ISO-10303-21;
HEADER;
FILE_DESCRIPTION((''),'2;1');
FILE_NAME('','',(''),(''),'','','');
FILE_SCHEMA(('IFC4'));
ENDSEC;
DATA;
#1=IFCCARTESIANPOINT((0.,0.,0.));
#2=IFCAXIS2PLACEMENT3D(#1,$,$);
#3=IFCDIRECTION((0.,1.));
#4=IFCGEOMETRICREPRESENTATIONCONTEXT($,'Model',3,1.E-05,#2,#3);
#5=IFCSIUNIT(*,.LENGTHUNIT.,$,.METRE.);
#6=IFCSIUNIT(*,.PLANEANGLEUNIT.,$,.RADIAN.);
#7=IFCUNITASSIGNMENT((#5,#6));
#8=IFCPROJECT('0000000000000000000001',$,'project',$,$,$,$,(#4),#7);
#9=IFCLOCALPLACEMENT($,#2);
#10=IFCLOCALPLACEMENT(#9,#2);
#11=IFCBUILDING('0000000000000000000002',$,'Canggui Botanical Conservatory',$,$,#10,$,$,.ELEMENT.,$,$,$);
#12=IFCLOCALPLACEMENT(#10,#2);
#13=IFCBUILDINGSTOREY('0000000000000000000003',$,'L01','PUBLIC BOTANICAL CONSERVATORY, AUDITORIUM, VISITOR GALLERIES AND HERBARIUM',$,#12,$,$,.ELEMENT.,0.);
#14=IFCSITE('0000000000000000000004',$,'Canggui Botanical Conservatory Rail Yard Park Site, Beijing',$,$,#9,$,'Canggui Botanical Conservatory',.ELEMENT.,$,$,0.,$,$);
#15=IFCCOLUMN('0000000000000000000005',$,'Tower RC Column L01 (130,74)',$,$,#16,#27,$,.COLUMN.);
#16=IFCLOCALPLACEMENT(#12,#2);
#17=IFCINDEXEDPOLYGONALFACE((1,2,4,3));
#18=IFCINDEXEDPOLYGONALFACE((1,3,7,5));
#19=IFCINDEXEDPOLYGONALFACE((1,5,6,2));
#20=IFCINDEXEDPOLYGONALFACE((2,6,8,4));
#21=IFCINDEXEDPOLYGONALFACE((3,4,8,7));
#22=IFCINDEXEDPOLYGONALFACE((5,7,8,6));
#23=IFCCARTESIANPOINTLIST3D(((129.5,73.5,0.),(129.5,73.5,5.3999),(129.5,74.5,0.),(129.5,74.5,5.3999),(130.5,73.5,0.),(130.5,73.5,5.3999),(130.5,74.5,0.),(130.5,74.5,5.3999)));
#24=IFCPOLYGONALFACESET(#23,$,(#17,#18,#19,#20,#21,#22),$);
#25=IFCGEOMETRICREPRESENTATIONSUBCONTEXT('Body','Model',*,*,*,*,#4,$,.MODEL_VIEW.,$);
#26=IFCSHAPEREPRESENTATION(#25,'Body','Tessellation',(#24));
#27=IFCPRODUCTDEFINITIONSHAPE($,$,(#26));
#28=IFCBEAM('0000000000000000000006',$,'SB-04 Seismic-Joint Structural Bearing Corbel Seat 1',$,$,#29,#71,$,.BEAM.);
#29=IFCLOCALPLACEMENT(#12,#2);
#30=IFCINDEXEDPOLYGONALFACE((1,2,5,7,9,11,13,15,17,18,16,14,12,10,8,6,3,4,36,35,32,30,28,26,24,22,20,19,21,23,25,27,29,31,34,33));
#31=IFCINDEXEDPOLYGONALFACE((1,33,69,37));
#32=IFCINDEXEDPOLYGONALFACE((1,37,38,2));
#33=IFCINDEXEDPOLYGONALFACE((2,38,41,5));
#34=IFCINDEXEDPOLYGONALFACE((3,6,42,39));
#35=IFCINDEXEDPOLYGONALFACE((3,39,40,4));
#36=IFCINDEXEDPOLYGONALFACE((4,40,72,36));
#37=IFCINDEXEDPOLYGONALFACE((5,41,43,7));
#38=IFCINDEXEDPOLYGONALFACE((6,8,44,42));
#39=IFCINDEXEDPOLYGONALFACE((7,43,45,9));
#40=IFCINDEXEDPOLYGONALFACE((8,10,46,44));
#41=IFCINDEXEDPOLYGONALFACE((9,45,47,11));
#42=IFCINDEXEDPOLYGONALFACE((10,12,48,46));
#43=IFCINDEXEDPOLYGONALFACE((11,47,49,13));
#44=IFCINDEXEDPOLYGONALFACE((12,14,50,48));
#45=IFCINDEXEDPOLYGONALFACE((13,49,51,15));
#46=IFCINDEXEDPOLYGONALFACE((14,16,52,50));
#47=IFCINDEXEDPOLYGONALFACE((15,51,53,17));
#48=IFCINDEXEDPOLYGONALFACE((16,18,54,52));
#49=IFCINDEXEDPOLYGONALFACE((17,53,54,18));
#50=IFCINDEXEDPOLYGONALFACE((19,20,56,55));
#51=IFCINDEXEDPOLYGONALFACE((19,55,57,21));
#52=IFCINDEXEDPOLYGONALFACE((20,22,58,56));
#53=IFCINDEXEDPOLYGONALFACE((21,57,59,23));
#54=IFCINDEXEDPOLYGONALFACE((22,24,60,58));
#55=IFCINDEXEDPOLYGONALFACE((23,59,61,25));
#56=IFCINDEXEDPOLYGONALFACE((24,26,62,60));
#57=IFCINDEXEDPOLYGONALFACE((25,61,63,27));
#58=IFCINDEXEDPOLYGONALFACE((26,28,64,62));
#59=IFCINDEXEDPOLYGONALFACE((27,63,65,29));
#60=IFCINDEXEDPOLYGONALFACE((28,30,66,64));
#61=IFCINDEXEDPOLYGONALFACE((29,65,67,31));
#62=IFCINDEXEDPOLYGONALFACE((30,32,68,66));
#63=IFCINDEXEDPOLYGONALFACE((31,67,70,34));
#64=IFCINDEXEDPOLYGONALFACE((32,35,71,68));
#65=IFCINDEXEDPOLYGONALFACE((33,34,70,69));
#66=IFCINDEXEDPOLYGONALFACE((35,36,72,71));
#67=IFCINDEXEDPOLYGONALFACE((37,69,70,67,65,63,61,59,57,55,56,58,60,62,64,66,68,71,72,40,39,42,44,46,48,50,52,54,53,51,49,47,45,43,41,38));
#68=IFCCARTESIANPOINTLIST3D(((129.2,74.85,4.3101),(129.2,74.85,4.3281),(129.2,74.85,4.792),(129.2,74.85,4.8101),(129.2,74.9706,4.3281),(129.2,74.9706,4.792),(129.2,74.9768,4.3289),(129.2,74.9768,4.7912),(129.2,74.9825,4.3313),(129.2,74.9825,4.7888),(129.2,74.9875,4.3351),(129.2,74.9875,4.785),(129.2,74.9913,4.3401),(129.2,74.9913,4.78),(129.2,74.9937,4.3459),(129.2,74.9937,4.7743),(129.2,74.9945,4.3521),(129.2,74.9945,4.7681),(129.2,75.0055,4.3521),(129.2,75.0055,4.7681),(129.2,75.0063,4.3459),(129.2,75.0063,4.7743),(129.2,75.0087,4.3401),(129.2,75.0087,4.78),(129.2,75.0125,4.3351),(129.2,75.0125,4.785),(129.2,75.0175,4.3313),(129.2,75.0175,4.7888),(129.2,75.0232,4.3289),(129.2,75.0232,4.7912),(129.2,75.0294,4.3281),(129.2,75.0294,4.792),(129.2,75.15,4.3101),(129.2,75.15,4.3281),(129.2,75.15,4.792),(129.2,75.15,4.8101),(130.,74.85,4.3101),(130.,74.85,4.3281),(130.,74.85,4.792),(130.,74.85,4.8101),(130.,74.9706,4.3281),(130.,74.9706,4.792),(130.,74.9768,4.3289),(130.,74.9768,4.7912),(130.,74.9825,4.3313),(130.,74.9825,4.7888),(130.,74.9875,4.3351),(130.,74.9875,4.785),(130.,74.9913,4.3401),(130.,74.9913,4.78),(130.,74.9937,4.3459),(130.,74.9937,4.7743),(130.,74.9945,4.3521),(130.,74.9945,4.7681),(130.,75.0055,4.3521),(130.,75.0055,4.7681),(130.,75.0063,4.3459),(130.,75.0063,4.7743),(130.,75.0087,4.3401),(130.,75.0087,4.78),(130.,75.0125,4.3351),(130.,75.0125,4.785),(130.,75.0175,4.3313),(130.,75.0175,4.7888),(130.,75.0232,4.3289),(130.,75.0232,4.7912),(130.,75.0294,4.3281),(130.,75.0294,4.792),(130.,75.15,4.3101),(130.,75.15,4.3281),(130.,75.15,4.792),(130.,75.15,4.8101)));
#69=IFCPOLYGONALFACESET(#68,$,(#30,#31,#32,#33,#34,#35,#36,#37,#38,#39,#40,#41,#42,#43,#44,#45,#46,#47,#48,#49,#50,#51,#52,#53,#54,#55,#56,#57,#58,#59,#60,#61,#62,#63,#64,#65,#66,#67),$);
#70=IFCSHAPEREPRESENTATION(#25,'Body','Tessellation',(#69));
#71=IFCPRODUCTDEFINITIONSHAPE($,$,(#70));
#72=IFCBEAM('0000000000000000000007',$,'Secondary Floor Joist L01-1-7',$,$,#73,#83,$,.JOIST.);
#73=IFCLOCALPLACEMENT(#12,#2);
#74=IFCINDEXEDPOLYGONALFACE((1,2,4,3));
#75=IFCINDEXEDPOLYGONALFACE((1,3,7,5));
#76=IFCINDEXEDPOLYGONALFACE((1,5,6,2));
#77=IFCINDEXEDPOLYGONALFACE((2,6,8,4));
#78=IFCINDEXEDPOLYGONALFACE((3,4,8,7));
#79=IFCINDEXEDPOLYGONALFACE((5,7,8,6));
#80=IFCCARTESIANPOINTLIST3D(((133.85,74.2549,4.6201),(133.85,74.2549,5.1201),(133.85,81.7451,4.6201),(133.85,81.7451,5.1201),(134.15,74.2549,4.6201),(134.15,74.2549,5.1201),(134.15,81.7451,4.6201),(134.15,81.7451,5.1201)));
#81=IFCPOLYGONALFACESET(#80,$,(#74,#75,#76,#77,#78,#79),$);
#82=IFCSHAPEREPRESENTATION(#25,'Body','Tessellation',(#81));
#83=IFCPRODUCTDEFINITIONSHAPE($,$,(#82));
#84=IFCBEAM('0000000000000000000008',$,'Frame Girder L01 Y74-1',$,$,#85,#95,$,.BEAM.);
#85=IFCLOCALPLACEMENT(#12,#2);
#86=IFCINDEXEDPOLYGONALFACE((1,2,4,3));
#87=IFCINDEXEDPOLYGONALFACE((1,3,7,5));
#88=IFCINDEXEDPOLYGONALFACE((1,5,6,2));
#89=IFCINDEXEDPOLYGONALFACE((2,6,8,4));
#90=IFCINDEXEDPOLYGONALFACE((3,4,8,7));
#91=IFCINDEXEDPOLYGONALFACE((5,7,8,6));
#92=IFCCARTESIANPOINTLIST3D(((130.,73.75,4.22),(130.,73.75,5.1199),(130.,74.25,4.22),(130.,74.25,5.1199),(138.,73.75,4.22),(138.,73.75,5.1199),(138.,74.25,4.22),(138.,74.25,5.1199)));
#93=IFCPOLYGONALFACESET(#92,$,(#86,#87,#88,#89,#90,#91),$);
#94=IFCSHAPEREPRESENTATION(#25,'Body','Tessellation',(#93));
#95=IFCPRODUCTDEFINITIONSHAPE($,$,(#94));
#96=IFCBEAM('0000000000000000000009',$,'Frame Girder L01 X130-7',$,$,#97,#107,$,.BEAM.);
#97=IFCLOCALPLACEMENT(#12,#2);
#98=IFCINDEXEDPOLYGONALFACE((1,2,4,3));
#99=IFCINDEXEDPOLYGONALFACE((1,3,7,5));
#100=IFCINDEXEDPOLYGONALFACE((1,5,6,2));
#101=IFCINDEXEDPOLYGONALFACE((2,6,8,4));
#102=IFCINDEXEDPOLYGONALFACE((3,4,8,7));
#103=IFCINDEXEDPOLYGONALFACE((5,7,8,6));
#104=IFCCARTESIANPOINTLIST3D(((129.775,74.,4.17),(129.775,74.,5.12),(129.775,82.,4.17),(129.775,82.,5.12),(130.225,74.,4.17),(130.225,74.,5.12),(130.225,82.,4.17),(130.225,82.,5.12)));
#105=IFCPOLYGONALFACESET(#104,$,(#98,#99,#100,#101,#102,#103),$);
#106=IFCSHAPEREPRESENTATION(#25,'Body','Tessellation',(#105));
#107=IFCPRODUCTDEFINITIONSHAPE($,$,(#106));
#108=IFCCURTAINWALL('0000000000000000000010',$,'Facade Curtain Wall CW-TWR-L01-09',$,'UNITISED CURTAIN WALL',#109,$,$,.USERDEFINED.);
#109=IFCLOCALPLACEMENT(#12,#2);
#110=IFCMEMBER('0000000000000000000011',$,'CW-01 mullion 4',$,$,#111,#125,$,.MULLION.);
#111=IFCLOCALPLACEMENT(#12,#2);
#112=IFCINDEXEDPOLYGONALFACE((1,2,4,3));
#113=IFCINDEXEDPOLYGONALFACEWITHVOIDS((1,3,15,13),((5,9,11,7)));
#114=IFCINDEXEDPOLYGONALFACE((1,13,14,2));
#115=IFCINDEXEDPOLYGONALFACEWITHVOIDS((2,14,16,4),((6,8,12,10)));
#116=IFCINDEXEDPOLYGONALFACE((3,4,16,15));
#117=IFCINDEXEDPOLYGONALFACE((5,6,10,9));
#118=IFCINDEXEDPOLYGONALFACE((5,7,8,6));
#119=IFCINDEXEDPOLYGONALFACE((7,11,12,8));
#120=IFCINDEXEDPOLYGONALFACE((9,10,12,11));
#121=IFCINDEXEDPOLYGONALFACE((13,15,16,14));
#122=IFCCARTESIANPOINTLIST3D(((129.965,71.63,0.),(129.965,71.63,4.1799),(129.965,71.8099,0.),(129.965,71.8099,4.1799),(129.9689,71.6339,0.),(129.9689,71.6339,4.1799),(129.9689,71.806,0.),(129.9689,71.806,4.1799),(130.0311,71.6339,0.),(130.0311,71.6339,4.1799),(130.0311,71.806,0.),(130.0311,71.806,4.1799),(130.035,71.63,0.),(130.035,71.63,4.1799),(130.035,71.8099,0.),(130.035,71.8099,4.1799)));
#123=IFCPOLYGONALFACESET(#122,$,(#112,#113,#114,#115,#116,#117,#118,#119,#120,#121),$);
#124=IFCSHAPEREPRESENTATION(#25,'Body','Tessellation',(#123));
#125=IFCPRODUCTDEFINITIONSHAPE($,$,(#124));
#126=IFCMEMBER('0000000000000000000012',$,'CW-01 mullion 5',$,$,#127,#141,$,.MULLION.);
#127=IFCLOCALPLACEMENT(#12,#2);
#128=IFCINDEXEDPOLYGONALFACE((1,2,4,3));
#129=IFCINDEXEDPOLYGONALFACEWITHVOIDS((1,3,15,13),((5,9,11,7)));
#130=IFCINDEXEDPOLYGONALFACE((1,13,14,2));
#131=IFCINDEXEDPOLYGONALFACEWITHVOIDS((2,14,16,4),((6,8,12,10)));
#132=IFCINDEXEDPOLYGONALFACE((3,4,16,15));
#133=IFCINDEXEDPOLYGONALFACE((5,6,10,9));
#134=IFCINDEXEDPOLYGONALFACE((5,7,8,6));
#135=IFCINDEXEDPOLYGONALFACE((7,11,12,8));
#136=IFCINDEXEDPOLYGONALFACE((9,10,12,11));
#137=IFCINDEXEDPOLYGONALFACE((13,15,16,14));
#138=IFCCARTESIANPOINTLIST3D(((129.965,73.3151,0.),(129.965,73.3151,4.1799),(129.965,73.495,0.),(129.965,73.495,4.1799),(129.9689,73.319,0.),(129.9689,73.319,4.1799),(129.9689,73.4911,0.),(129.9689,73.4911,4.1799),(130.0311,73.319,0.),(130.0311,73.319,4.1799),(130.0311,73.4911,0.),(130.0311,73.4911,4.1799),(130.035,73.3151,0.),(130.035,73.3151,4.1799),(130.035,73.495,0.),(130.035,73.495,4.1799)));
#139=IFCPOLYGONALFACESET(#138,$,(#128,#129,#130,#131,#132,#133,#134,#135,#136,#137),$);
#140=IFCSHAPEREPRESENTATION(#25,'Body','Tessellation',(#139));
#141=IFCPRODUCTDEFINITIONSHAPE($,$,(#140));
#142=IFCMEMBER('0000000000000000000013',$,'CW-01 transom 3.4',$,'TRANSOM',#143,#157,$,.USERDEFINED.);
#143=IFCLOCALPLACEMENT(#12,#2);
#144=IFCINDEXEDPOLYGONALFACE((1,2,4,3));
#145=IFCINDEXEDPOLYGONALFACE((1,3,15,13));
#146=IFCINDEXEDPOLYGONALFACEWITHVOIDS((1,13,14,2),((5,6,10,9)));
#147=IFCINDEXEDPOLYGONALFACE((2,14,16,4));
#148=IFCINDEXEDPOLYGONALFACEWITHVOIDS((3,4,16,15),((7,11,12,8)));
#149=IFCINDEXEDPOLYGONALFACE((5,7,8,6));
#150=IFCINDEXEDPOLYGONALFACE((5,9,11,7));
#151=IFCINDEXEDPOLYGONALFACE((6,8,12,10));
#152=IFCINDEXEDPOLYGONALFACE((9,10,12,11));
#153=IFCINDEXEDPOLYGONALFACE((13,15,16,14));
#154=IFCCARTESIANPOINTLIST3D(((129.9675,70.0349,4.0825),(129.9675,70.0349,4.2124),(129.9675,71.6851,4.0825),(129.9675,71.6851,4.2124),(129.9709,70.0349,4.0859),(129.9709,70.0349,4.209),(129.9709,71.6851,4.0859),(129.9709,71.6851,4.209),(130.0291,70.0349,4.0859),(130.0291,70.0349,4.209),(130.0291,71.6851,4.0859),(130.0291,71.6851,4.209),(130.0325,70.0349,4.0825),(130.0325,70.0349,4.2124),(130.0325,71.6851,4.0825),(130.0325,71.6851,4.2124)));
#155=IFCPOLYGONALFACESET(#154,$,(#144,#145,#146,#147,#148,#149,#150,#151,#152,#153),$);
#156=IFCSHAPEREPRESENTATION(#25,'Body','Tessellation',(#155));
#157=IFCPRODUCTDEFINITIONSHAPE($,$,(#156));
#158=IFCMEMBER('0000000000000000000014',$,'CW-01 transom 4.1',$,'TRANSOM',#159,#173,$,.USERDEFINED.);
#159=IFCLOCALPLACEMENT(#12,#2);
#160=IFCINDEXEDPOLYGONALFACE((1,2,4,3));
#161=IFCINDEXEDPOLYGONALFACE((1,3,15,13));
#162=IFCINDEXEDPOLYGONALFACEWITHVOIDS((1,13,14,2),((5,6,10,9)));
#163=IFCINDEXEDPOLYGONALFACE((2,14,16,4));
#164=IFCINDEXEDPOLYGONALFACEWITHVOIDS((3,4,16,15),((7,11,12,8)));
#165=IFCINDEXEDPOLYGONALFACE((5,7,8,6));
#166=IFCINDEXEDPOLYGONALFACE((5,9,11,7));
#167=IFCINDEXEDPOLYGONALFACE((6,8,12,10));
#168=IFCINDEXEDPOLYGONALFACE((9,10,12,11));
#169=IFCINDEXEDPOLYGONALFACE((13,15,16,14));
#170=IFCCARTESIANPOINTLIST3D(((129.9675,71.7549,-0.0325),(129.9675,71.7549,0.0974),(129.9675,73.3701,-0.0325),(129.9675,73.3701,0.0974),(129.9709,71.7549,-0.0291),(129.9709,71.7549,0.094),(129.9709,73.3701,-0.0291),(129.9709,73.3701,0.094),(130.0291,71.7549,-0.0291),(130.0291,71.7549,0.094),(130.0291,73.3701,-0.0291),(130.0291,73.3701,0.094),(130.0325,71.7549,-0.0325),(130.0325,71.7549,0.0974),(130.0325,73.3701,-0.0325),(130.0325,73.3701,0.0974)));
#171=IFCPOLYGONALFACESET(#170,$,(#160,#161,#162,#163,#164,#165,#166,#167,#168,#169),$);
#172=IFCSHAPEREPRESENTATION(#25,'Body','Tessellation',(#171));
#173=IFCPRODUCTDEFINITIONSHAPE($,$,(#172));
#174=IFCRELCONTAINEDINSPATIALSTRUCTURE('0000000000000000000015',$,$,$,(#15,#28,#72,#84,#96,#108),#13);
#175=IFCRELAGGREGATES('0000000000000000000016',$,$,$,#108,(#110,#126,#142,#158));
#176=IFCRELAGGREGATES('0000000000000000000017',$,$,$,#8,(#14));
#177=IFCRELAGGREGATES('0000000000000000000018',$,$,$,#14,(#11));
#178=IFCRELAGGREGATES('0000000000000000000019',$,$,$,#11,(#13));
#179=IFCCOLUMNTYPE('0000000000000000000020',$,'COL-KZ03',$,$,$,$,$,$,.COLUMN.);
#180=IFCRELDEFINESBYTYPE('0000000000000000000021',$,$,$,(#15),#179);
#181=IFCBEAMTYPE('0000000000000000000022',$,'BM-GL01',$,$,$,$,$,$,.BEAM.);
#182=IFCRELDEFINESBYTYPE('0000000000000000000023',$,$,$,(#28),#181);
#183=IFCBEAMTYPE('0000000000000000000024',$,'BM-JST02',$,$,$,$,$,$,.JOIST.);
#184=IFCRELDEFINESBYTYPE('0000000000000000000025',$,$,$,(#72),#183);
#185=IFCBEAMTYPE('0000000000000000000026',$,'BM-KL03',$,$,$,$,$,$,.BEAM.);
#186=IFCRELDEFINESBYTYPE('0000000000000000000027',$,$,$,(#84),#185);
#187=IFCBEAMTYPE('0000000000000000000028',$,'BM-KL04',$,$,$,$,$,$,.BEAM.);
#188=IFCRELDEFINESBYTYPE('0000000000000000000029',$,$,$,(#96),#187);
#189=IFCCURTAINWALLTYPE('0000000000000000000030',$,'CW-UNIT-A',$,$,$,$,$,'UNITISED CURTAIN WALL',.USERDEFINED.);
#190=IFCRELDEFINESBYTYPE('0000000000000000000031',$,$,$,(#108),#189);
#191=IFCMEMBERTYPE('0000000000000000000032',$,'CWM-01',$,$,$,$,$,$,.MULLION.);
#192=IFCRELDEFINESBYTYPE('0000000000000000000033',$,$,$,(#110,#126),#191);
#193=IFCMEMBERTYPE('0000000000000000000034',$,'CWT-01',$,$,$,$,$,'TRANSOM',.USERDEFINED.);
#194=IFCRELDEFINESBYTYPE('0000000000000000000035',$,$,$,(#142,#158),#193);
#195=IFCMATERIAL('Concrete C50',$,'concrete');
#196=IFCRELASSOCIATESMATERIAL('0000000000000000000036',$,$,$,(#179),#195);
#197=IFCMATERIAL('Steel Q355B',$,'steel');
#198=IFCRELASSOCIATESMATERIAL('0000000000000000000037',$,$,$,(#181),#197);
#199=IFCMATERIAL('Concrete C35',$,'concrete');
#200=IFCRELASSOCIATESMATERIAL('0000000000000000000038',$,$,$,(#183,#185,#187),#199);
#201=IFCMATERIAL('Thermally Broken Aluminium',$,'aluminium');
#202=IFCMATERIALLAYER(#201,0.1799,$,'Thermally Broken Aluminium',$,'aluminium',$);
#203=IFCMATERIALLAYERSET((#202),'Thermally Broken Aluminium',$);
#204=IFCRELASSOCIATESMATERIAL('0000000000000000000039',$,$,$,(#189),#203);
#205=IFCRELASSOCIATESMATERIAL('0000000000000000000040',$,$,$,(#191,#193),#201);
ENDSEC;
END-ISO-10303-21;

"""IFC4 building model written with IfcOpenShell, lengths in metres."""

from ifc_helpers import new_model, si_unit, direction, frame, origin, origin_2d, place, context, subcontext, project, spatial, rectangle, hollow_rectangle, i_section, extrude, material, layer, layer_set, material_profile, profile_set, type_object, element, aggregate, save


model = new_model("IFC4")

# Units and contexts
model_context = context("Model", 3, precision=1e-05, world=origin(), true_north=direction((0.0, 1.0)))
body_context = subcontext(model_context, "Body", "Model", "MODEL_VIEW")
ifc_project = project(units=[si_unit("LENGTHUNIT", "METRE"), si_unit("PLANEANGLEUNIT", "RADIAN")], contexts=[model_context])

# Site, building, storey
site_placement = place(None, origin())
site = spatial("IfcSite", under=ifc_project, at=site_placement, Name="Canggui Botanical Conservatory Rail Yard Park Site, Beijing", LongName="Canggui Botanical Conservatory", CompositionType="ELEMENT", RefElevation=0.0)
building_placement = place(site_placement, origin())
building = spatial("IfcBuilding", under=site, at=building_placement, Name="Canggui Botanical Conservatory", CompositionType="ELEMENT")
storey_placement = place(building_placement, origin())
storey = spatial("IfcBuildingStorey", under=building, at=storey_placement, Name="L01", Description="PUBLIC BOTANICAL CONSERVATORY, AUDITORIUM, VISITOR GALLERIES AND HERBARIUM", CompositionType="ELEMENT", Elevation=0.0)

# Column
ifc_material_1 = material(Name="Concrete C50", Category="concrete")
ifc_material_profile_1 = material_profile(ifc_material_1, rectangle(XDim=1.0, YDim=1.0, at=origin_2d()), Name="RC 1000x1000")
ifc_profile_set_1 = profile_set([ifc_material_profile_1], Name="Concrete C50")
column_type = type_object("IfcColumnType", Name="COL-KZ03", PredefinedType="COLUMN", material=ifc_profile_set_1)
column_placement = place(storey_placement, frame((130.0, 74.0, 0.0), z_axis=(0.0, 0.0, 1.0), x_axis=(1.0, 0.0, 0.0)))
element("IfcColumn", 1, at=column_placement, inside=storey, type_object=column_type, Name="Tower RC Column L01 (130,74)", PredefinedType="COLUMN", context=body_context, shape_type="SweptSolid", body=[
    extrude(rectangle(XDim=1.0, YDim=1.0, at=origin_2d()), origin(), (0.0, 0.0, 1.0), 5.3999),
])

# Beams
ifc_material_2 = material(Name="Steel Q355B", Category="steel")
ifc_material_profile_2 = material_profile(ifc_material_2, i_section(OverallWidth=0.3, OverallDepth=0.5, WebThickness=0.011, FlangeThickness=0.0181, FilletRadius=0.0239, at=origin_2d()), Name="HM 500x300x11x18")
ifc_profile_set_2 = profile_set([ifc_material_profile_2], Name="Steel Q355B")
beam_type_1 = type_object("IfcBeamType", Name="BM-GL01", PredefinedType="BEAM", material=ifc_profile_set_2)
beam_1_placement = place(storey_placement, frame((130.0, 75.0, 4.5601), z_axis=(-1.0, 0.0, 0.0), x_axis=(0.0, -1.0, 0.0)))
element("IfcBeam", 2, at=beam_1_placement, inside=storey, type_object=beam_type_1, Name="SB-04 Seismic-Joint Structural Bearing Corbel Seat 1", PredefinedType="BEAM", context=body_context, shape_type="SweptSolid", body=[
    extrude(i_section(OverallWidth=0.3, OverallDepth=0.5, WebThickness=0.011, FlangeThickness=0.0181, FilletRadius=0.0239, at=origin_2d()), origin(), (0.0, 0.0, 1.0), 0.8),
])
ifc_material_3 = material(Name="Concrete C35", Category="concrete")
ifc_material_profile_3 = material_profile(ifc_material_3, rectangle(XDim=0.3, YDim=0.5, at=origin_2d()), Name="RB 300x500")
ifc_profile_set_3 = profile_set([ifc_material_profile_3], Name="Concrete C35")
beam_type_2 = type_object("IfcBeamType", Name="BM-JST02", PredefinedType="JOIST", material=ifc_profile_set_3)
beam_2_placement = place(storey_placement, frame((134.0, 74.2549, 4.8701), z_axis=(0.0, 1.0, 0.0), x_axis=(-1.0, 0.0, 0.0)))
element("IfcBeam", 3, at=beam_2_placement, inside=storey, type_object=beam_type_2, Name="Secondary Floor Joist L01-1-7", PredefinedType="JOIST", context=body_context, shape_type="SweptSolid", body=[
    extrude(rectangle(XDim=0.3, YDim=0.5, at=origin_2d()), origin(), (0.0, 0.0, 1.0), 7.4902),
])
ifc_material_profile_4 = material_profile(ifc_material_3, rectangle(XDim=0.5, YDim=0.8999, at=origin_2d()), Name="RB 500x900")
ifc_profile_set_4 = profile_set([ifc_material_profile_4], Name="Concrete C35")
beam_type_3 = type_object("IfcBeamType", Name="BM-KL03", PredefinedType="BEAM", material=ifc_profile_set_4)
beam_3_placement = place(storey_placement, frame((130.0, 74.0, 4.6699), z_axis=(1.0, 0.0, 0.0), x_axis=(0.0, 1.0, 0.0)))
element("IfcBeam", 4, at=beam_3_placement, inside=storey, type_object=beam_type_3, Name="Frame Girder L01 Y74-1", PredefinedType="BEAM", context=body_context, shape_type="SweptSolid", body=[
    extrude(rectangle(XDim=0.5, YDim=0.8999, at=origin_2d()), origin(), (0.0, 0.0, 1.0), 8.0),
])
ifc_material_profile_5 = material_profile(ifc_material_3, rectangle(XDim=0.45, YDim=0.95, at=origin_2d()), Name="RB 450x950")
ifc_profile_set_5 = profile_set([ifc_material_profile_5], Name="Concrete C35")
beam_type_4 = type_object("IfcBeamType", Name="BM-KL04", PredefinedType="BEAM", material=ifc_profile_set_5)
beam_4_placement = place(storey_placement, frame((130.0, 74.0, 4.645), z_axis=(0.0, 1.0, 0.0), x_axis=(-1.0, 0.0, 0.0)))
element("IfcBeam", 5, at=beam_4_placement, inside=storey, type_object=beam_type_4, Name="Frame Girder L01 X130-7", PredefinedType="BEAM", context=body_context, shape_type="SweptSolid", body=[
    extrude(rectangle(XDim=0.45, YDim=0.95, at=origin_2d()), origin(), (0.0, 0.0, 1.0), 8.0),
])

# Curtain wall, members
ifc_material_4 = material(Name="Thermally Broken Aluminium", Category="aluminium")
ifc_layer_1 = layer(ifc_material_4, 0.1799, Name="Thermally Broken Aluminium", Category="aluminium")
ifc_layer_set_1 = layer_set([ifc_layer_1], Name="Thermally Broken Aluminium")
curtain_wall_type = type_object("IfcCurtainWallType", Name="CW-UNIT-A", ElementType="UNITISED CURTAIN WALL", PredefinedType="USERDEFINED", material=ifc_layer_set_1)
curtain_wall_placement = place(storey_placement, origin())
curtain_wall = element("IfcCurtainWall", 6, at=curtain_wall_placement, inside=storey, type_object=curtain_wall_type, Name="Facade Curtain Wall CW-TWR-L01-09", ObjectType="UNITISED CURTAIN WALL", PredefinedType="USERDEFINED")
ifc_material_profile_6 = material_profile(ifc_material_4, hollow_rectangle(XDim=0.0701, YDim=0.1799, WallThickness=0.0039, at=origin_2d()), Name="CWM 70x180x4")
ifc_profile_set_6 = profile_set([ifc_material_profile_6], Name="Thermally Broken Aluminium")
member_type_1 = type_object("IfcMemberType", Name="CWM-01", PredefinedType="MULLION", material=ifc_profile_set_6)
member_1_placement = place(storey_placement, frame((130.0, 71.72, 0.0), z_axis=(0.0, 0.0, 1.0), x_axis=(-1.0, 0.0, 0.0)))
member_1 = element("IfcMember", 7, at=member_1_placement, type_object=member_type_1, Name="CW-01 mullion 4", PredefinedType="MULLION", context=body_context, shape_type="SweptSolid", body=[
    extrude(hollow_rectangle(XDim=0.0701, YDim=0.1799, WallThickness=0.0039, at=origin_2d()), origin(), (0.0, 0.0, 1.0), 4.1799),
])
member_2_placement = place(storey_placement, frame((130.0, 73.405, 0.0), z_axis=(0.0, 0.0, 1.0), x_axis=(-1.0, 0.0, 0.0)))
member_2 = element("IfcMember", 8, at=member_2_placement, type_object=member_type_1, Name="CW-01 mullion 5", PredefinedType="MULLION", context=body_context, shape_type="SweptSolid", body=[
    extrude(hollow_rectangle(XDim=0.0701, YDim=0.1799, WallThickness=0.0039, at=origin_2d()), origin(), (0.0, 0.0, 1.0), 4.1799),
])
ifc_material_profile_7 = material_profile(ifc_material_4, hollow_rectangle(XDim=0.0649, YDim=0.1299, WallThickness=0.0034, at=origin_2d()), Name="CWT 65x130x3.5")
ifc_profile_set_7 = profile_set([ifc_material_profile_7], Name="Thermally Broken Aluminium")
member_type_2 = type_object("IfcMemberType", Name="CWT-01", ElementType="TRANSOM", PredefinedType="USERDEFINED", material=ifc_profile_set_7)
member_3_placement = place(storey_placement, frame((130.0, 70.0349, 4.1475), z_axis=(0.0, 1.0, 0.0), x_axis=(-1.0, 0.0, 0.0)))
member_3 = element("IfcMember", 9, at=member_3_placement, type_object=member_type_2, Name="CW-01 transom 3.4", ObjectType="TRANSOM", PredefinedType="USERDEFINED", context=body_context, shape_type="SweptSolid", body=[
    extrude(hollow_rectangle(XDim=0.0649, YDim=0.1299, WallThickness=0.0034, at=origin_2d()), origin(), (0.0, 0.0, 1.0), 1.6501),
])
member_4_placement = place(storey_placement, frame((130.0, 71.7549, 0.0325), z_axis=(0.0, 1.0, 0.0), x_axis=(-1.0, 0.0, 0.0)))
member_4 = element("IfcMember", 10, at=member_4_placement, type_object=member_type_2, Name="CW-01 transom 4.1", ObjectType="TRANSOM", PredefinedType="USERDEFINED", context=body_context, shape_type="SweptSolid", body=[
    extrude(hollow_rectangle(XDim=0.0649, YDim=0.1299, WallThickness=0.0034, at=origin_2d()), origin(), (0.0, 0.0, 1.0), 1.6152),
])
aggregate(curtain_wall, [member_1, member_2, member_3, member_4])

save(model, "model.ifc")
